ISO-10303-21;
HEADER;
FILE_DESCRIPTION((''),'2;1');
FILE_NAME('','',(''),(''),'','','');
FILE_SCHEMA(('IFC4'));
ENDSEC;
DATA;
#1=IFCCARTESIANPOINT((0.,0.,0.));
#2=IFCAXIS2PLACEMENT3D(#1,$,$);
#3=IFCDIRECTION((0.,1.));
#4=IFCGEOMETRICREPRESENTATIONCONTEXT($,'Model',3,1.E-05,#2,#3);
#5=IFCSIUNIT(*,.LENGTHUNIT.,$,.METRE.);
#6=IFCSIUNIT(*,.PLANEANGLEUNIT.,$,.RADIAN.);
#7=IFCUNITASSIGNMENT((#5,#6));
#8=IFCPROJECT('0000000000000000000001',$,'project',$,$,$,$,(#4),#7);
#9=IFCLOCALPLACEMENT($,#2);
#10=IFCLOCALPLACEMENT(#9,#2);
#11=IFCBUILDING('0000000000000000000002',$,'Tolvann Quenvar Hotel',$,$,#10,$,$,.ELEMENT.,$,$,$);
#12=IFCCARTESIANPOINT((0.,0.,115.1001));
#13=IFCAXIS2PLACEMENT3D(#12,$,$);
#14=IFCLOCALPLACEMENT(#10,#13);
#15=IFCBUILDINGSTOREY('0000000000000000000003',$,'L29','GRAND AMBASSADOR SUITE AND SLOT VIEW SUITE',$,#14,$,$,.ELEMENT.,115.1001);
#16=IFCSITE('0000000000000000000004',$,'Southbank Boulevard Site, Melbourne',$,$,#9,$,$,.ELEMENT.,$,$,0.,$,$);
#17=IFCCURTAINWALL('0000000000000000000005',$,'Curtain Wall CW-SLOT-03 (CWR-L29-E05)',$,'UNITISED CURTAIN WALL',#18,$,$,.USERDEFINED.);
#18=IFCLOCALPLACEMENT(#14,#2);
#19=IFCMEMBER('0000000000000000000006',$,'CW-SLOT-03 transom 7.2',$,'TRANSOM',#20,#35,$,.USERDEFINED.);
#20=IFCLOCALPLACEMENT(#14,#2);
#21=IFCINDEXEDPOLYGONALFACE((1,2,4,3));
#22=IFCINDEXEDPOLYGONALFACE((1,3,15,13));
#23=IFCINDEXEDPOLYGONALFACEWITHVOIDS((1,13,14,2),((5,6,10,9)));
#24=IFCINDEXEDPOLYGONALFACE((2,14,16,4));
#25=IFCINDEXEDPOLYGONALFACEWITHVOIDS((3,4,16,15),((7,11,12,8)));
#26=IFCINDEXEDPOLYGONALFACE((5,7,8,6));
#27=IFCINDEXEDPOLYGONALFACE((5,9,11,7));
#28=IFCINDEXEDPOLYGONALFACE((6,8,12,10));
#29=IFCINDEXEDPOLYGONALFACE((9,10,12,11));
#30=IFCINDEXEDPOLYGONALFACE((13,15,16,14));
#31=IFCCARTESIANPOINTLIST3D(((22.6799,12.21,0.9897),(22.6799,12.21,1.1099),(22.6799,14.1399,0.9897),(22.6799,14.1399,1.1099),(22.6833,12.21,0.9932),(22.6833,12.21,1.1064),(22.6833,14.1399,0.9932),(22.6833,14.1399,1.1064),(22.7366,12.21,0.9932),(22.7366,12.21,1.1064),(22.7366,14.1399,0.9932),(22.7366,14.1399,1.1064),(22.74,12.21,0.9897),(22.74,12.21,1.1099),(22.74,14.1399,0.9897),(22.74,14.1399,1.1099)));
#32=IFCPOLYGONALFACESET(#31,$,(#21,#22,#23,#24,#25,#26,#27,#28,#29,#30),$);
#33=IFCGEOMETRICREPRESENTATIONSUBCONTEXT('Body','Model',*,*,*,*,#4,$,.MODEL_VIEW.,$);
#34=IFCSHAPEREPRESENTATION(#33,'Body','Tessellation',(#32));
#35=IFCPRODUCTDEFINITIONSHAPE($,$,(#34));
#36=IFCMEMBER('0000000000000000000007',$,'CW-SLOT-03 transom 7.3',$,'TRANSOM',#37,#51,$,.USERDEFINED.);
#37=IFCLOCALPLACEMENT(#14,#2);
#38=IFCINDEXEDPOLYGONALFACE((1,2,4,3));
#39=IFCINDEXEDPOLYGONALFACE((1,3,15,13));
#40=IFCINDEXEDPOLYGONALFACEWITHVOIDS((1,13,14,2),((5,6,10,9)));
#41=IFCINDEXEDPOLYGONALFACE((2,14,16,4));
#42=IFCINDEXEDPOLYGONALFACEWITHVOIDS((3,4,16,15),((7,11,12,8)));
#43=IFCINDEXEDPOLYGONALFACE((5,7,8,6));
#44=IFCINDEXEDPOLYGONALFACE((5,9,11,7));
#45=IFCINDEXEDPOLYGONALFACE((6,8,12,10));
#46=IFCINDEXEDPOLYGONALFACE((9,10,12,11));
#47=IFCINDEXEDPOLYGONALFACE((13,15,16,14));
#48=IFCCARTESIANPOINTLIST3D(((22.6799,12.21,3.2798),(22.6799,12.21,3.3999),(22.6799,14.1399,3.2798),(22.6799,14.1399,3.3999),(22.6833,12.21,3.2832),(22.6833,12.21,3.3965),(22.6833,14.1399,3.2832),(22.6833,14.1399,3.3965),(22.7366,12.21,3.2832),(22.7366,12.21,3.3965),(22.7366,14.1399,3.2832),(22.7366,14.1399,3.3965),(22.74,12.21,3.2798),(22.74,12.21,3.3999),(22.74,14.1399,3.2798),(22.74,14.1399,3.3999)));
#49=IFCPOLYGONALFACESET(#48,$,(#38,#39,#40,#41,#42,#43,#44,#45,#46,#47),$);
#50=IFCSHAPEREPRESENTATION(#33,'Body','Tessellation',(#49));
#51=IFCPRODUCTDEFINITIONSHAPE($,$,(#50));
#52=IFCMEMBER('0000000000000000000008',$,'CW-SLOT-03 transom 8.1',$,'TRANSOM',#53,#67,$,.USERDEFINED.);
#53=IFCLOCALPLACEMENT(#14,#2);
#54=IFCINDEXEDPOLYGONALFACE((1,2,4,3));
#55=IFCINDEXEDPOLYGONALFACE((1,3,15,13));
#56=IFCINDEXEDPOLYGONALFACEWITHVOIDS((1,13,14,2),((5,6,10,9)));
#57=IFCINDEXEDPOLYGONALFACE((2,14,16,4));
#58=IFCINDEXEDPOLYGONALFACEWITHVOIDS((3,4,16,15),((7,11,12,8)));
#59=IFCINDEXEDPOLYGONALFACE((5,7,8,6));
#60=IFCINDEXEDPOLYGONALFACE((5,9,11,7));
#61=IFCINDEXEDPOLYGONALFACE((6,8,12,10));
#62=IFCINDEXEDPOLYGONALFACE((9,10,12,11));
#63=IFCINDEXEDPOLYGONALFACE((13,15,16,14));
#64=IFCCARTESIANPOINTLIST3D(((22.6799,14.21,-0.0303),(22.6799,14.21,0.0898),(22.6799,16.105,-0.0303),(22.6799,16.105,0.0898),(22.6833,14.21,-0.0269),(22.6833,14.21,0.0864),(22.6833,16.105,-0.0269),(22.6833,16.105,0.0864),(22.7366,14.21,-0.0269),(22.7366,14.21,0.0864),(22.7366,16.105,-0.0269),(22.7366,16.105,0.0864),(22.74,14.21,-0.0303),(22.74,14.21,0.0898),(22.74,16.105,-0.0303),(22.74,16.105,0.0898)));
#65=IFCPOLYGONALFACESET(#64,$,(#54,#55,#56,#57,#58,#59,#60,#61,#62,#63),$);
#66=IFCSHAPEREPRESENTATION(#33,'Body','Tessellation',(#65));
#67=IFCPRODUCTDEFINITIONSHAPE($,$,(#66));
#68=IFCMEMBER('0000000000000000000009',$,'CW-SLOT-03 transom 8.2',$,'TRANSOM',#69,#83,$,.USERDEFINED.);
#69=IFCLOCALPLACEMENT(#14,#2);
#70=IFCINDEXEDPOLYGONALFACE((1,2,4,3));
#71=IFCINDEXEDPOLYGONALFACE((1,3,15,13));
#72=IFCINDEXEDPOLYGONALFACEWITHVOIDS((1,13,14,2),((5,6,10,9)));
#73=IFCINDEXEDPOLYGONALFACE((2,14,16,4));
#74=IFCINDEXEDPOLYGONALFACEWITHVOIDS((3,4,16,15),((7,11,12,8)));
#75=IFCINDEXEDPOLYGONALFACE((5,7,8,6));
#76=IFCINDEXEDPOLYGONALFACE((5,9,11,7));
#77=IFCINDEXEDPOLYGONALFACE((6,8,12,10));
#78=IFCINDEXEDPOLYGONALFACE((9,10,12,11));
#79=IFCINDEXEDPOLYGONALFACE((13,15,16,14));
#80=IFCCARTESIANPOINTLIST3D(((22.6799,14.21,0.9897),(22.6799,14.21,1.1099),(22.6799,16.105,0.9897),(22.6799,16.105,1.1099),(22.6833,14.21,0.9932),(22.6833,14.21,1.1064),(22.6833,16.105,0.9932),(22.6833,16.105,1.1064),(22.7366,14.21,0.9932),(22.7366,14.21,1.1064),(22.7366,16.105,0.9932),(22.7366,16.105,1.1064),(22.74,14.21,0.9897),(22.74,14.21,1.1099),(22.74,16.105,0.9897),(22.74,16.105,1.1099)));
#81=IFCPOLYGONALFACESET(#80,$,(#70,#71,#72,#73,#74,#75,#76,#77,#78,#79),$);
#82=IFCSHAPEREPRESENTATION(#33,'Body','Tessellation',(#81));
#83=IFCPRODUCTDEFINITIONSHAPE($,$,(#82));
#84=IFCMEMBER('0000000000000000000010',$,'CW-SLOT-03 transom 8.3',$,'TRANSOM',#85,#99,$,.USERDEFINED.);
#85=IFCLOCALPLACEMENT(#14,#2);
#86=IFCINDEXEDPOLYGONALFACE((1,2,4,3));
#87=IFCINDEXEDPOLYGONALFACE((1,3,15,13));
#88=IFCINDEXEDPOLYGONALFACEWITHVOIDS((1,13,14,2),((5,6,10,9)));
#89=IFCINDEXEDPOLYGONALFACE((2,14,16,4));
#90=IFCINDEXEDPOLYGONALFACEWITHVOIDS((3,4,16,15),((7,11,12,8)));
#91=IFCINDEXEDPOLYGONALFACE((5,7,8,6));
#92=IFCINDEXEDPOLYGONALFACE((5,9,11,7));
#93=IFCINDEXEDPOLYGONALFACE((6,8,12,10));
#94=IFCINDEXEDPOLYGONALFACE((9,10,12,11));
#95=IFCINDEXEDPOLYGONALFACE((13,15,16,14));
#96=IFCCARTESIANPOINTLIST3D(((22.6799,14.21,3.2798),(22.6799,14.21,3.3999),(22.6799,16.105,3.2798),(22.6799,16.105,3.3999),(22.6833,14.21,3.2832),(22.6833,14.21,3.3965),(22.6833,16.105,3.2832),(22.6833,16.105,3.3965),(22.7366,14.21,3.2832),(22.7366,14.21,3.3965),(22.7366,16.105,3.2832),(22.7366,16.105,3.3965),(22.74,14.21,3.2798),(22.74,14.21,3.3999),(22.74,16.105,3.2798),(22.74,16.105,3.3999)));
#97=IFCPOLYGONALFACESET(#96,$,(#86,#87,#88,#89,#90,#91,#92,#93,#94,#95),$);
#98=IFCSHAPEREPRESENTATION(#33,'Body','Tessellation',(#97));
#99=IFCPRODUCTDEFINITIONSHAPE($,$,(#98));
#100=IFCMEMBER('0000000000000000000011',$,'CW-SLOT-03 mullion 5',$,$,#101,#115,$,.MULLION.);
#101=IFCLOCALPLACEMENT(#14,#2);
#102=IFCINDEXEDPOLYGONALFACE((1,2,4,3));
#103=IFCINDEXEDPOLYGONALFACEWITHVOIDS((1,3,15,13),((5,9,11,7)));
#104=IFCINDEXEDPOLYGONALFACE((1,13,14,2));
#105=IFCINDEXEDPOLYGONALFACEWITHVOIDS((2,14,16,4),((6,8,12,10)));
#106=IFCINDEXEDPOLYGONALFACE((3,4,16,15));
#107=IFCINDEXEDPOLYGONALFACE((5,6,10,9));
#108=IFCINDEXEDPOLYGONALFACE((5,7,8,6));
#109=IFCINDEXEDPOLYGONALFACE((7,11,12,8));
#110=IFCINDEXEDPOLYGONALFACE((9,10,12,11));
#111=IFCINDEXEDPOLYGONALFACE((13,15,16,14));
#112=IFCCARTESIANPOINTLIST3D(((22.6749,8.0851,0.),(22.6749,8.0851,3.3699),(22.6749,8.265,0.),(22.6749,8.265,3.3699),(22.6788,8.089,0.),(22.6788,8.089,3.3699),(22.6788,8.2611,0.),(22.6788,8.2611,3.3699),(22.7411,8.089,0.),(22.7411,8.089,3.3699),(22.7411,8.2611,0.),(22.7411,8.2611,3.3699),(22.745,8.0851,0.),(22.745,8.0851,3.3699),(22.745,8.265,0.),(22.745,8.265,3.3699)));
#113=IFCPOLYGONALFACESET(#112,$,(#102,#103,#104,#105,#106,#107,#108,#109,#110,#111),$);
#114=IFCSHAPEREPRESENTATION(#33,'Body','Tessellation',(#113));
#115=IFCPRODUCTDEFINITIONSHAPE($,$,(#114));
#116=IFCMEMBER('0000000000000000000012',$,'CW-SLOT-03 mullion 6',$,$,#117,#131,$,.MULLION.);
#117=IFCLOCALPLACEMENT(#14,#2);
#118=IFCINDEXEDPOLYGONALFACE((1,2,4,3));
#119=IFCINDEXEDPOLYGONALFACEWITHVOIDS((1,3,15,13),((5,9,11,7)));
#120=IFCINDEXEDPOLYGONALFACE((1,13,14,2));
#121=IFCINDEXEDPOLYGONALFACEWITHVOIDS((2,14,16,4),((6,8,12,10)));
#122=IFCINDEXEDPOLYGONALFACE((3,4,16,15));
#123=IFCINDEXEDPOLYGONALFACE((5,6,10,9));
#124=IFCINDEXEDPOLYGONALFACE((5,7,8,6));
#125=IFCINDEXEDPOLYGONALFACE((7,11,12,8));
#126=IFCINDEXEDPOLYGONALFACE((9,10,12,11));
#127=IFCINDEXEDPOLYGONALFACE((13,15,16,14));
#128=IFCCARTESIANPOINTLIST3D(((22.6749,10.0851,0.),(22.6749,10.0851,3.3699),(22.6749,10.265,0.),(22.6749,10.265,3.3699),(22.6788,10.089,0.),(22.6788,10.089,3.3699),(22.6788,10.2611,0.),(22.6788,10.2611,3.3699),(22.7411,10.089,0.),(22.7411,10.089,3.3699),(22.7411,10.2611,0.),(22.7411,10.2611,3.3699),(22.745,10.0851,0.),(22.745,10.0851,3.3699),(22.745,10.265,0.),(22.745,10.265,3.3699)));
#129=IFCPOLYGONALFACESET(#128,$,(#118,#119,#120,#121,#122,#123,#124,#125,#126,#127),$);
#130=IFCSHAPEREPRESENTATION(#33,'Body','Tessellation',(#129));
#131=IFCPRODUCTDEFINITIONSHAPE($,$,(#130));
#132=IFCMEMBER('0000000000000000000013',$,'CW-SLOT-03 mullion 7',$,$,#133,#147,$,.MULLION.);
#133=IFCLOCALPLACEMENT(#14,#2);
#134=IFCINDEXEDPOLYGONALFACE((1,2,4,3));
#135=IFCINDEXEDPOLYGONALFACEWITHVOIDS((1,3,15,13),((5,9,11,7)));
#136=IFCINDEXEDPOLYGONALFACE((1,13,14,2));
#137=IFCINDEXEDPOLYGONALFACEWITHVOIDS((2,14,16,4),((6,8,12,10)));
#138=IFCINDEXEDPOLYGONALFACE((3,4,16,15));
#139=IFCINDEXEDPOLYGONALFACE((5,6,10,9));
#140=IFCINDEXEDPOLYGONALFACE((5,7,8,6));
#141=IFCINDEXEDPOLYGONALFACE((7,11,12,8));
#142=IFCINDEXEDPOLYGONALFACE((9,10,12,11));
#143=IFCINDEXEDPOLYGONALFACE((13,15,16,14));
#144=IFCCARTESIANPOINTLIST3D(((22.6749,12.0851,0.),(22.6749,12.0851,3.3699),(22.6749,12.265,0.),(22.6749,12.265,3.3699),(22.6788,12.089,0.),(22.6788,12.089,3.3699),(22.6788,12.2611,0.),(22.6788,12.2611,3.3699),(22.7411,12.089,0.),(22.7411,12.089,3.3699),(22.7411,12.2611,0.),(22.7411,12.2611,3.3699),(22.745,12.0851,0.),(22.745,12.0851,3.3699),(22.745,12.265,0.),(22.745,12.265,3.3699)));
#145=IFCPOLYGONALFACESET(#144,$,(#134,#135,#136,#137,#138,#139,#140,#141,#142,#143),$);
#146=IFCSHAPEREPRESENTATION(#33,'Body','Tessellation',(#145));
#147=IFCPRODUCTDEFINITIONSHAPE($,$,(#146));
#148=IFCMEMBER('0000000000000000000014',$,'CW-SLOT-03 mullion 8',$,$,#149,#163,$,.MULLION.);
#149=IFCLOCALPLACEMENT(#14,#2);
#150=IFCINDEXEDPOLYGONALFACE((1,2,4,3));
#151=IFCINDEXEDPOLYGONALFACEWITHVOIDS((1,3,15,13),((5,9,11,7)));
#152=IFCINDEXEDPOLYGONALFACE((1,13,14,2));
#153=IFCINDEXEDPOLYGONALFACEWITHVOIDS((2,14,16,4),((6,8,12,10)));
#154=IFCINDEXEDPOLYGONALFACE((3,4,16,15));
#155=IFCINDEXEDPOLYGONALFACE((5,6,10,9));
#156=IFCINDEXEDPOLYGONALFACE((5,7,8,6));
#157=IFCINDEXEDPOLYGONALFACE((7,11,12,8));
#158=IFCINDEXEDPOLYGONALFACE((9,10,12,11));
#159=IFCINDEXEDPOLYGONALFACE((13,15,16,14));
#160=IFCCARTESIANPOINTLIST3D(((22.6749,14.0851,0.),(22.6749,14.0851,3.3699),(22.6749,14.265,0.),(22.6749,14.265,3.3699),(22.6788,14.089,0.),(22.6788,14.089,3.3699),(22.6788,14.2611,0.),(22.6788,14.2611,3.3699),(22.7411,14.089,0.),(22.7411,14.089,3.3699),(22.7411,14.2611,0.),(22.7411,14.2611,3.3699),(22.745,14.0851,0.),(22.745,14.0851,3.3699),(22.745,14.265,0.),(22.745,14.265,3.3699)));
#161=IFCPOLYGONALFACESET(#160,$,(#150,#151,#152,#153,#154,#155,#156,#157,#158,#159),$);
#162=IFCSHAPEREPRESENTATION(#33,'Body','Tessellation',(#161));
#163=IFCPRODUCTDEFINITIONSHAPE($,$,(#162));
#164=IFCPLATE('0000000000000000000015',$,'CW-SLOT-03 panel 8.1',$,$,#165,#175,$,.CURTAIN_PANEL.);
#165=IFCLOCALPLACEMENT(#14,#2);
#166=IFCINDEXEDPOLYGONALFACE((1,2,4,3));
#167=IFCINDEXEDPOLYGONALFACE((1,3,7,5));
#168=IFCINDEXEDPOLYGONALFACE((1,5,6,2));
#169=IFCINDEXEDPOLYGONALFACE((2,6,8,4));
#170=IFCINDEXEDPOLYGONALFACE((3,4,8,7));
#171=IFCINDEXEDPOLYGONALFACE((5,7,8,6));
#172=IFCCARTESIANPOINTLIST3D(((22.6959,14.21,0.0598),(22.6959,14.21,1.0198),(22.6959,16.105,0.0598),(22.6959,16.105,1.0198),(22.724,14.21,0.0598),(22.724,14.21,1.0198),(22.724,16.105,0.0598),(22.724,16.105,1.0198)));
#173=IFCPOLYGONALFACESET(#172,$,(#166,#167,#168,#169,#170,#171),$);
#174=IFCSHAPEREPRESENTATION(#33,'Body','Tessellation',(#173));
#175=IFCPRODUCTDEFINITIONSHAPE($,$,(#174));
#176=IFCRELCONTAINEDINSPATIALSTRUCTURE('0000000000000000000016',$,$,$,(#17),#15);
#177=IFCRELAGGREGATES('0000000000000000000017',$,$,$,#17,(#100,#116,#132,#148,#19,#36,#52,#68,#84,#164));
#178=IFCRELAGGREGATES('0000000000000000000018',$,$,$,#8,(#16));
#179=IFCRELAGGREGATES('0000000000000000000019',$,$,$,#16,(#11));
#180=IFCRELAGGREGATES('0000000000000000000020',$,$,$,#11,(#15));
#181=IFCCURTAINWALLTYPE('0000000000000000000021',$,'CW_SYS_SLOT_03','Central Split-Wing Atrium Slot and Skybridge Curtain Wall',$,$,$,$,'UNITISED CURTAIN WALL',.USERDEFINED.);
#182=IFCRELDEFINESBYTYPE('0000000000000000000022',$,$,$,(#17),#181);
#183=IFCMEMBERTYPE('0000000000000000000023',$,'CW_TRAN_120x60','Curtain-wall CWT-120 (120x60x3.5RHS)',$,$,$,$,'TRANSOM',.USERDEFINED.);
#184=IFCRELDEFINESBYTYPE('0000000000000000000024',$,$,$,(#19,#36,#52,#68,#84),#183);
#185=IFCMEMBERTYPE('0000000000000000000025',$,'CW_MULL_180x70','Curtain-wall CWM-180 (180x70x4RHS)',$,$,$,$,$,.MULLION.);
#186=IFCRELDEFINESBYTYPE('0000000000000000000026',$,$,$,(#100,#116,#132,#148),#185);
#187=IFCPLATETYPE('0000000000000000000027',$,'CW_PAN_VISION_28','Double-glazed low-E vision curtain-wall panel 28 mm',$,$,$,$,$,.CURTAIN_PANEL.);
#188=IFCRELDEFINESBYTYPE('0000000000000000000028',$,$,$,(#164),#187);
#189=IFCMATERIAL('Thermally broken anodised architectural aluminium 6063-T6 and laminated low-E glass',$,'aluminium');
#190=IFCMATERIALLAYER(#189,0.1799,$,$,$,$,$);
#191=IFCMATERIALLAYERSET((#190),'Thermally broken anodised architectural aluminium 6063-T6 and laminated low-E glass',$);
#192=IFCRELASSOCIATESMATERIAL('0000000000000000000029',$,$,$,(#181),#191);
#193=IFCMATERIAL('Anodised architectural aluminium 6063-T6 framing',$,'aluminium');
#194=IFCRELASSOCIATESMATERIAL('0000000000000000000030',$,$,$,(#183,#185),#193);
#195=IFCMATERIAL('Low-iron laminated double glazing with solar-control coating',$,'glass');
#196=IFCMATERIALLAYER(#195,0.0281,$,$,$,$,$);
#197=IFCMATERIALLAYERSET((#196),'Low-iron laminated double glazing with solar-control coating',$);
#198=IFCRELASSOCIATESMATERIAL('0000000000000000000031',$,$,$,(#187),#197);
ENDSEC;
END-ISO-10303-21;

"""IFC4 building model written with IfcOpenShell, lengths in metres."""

from ifc_helpers import new_model, si_unit, direction, frame, origin, origin_2d, place, context, subcontext, project, spatial, rectangle, hollow_rectangle, extrude, source, transform, mapped, material, layer, layer_set, material_profile, profile_set, type_object, type_shapes, element, aggregate, save


model = new_model("IFC4")

# Units and contexts
model_context = context("Model", 3, precision=1e-05, world=origin(), true_north=direction((0.0, 1.0)))
body_context = subcontext(model_context, "Body", "Model", "MODEL_VIEW")
ifc_project = project(units=[si_unit("LENGTHUNIT", "METRE"), si_unit("PLANEANGLEUNIT", "RADIAN")], contexts=[model_context])

# Site, building, storey
site_placement = place(None, origin())
site = spatial("IfcSite", under=ifc_project, at=site_placement, Name="Southbank Boulevard Site, Melbourne", CompositionType="ELEMENT", RefElevation=0.0)
building_placement = place(site_placement, origin())
building = spatial("IfcBuilding", under=site, at=building_placement, Name="Tolvann Quenvar Hotel", CompositionType="ELEMENT")
storey_placement = place(building_placement, frame((0.0, 0.0, 115.1001)))
storey = spatial("IfcBuildingStorey", under=building, at=storey_placement, Name="L29", Description="GRAND AMBASSADOR SUITE AND SLOT VIEW SUITE", CompositionType="ELEMENT", Elevation=115.1001)

# Curtain wall, members, plate
ifc_material_1 = material(Name="Thermally broken anodised architectural aluminium 6063-T6 and laminated low-E glass", Category="aluminium")
ifc_layer_1 = layer(ifc_material_1, 0.1799)
ifc_layer_set_1 = layer_set([ifc_layer_1], Name="Thermally broken anodised architectural aluminium 6063-T6 and laminated low-E glass")
curtain_wall_type = type_object("IfcCurtainWallType", Name="CW_SYS_SLOT_03", Description="Central Split-Wing Atrium Slot and Skybridge Curtain Wall", ElementType="UNITISED CURTAIN WALL", PredefinedType="USERDEFINED", material=ifc_layer_set_1)
curtain_wall_placement = place(storey_placement, origin())
curtain_wall = element("IfcCurtainWall", 1, at=curtain_wall_placement, inside=storey, type_object=curtain_wall_type, Name="Curtain Wall CW-SLOT-03 (CWR-L29-E05)", ObjectType="UNITISED CURTAIN WALL", PredefinedType="USERDEFINED")
ifc_material_2 = material(Name="Anodised architectural aluminium 6063-T6 framing", Category="aluminium")
ifc_material_profile_1 = material_profile(ifc_material_2, hollow_rectangle(XDim=0.0601, YDim=0.1201, WallThickness=0.0034, at=origin_2d()), Name="120x60x3.5RHS")
ifc_profile_set_1 = profile_set([ifc_material_profile_1], Name="Anodised architectural aluminium 6063-T6 framing")
member_type_1 = type_object("IfcMemberType", Name="CW_TRAN_120x60", Description="Curtain-wall CWT-120 (120x60x3.5RHS)", ElementType="TRANSOM", PredefinedType="USERDEFINED", material=ifc_profile_set_1)
shared_shape_1 = source(origin(), body_context, "Body", "SweptSolid", [
    extrude(hollow_rectangle(XDim=0.0601, YDim=0.1201, WallThickness=0.0034, at=origin_2d()), origin(), (0.0, 0.0, 1.0), 1.9299),
])
member_1_placement = place(storey_placement, frame((22.71, 12.21, 1.0498), z_axis=(0.0, 1.0, 0.0), x_axis=(-1.0, 0.0, 0.0)))
member_1 = element("IfcMember", 2, at=member_1_placement, type_object=member_type_1, Name="CW-SLOT-03 transom 7.2", ObjectType="TRANSOM", PredefinedType="USERDEFINED", context=body_context, shape_type="MappedRepresentation", body=[
    mapped(shared_shape_1, transform((0.0, 0.0, 0.0), x_axis=(1.0, 0.0, 0.0), y_axis=(0.0, 1.0, 0.0), z_axis=(0.0, 0.0, 1.0), scale=1.0)),
])
member_2_placement = place(storey_placement, frame((22.71, 12.21, 3.3398), z_axis=(0.0, 1.0, 0.0), x_axis=(-1.0, 0.0, 0.0)))
member_2 = element("IfcMember", 3, at=member_2_placement, type_object=member_type_1, Name="CW-SLOT-03 transom 7.3", ObjectType="TRANSOM", PredefinedType="USERDEFINED", context=body_context, shape_type="MappedRepresentation", body=[
    mapped(shared_shape_1, transform((0.0, 0.0, 0.0), x_axis=(1.0, 0.0, 0.0), y_axis=(0.0, 1.0, 0.0), z_axis=(0.0, 0.0, 1.0), scale=1.0)),
])
shared_shape_2 = source(origin(), body_context, "Body", "SweptSolid", [
    extrude(hollow_rectangle(XDim=0.0601, YDim=0.1201, WallThickness=0.0034, at=origin_2d()), origin(), (0.0, 0.0, 1.0), 1.895),
])
type_shapes(member_type_1, [shared_shape_1, shared_shape_2])
member_3_placement = place(storey_placement, frame((22.71, 14.21, 0.0298), z_axis=(0.0, 1.0, 0.0), x_axis=(-1.0, 0.0, 0.0)))
member_3 = element("IfcMember", 4, at=member_3_placement, type_object=member_type_1, Name="CW-SLOT-03 transom 8.1", ObjectType="TRANSOM", PredefinedType="USERDEFINED", context=body_context, shape_type="MappedRepresentation", body=[
    mapped(shared_shape_2, transform((0.0, 0.0, 0.0), x_axis=(1.0, 0.0, 0.0), y_axis=(0.0, 1.0, 0.0), z_axis=(0.0, 0.0, 1.0), scale=1.0)),
])
member_4_placement = place(storey_placement, frame((22.71, 14.21, 1.0498), z_axis=(0.0, 1.0, 0.0), x_axis=(-1.0, 0.0, 0.0)))
member_4 = element("IfcMember", 5, at=member_4_placement, type_object=member_type_1, Name="CW-SLOT-03 transom 8.2", ObjectType="TRANSOM", PredefinedType="USERDEFINED", context=body_context, shape_type="MappedRepresentation", body=[
    mapped(shared_shape_2, transform((0.0, 0.0, 0.0), x_axis=(1.0, 0.0, 0.0), y_axis=(0.0, 1.0, 0.0), z_axis=(0.0, 0.0, 1.0), scale=1.0)),
])
member_5_placement = place(storey_placement, frame((22.71, 14.21, 3.3398), z_axis=(0.0, 1.0, 0.0), x_axis=(-1.0, 0.0, 0.0)))
member_5 = element("IfcMember", 6, at=member_5_placement, type_object=member_type_1, Name="CW-SLOT-03 transom 8.3", ObjectType="TRANSOM", PredefinedType="USERDEFINED", context=body_context, shape_type="MappedRepresentation", body=[
    mapped(shared_shape_2, transform((0.0, 0.0, 0.0), x_axis=(1.0, 0.0, 0.0), y_axis=(0.0, 1.0, 0.0), z_axis=(0.0, 0.0, 1.0), scale=1.0)),
])
ifc_material_profile_2 = material_profile(ifc_material_2, hollow_rectangle(XDim=0.0701, YDim=0.1799, WallThickness=0.0039, at=origin_2d()), Name="180x70x4RHS")
ifc_profile_set_2 = profile_set([ifc_material_profile_2], Name="Anodised architectural aluminium 6063-T6 framing")
member_type_2 = type_object("IfcMemberType", Name="CW_MULL_180x70", Description="Curtain-wall CWM-180 (180x70x4RHS)", PredefinedType="MULLION", material=ifc_profile_set_2)
shared_shape_3 = source(origin(), body_context, "Body", "SweptSolid", [
    extrude(hollow_rectangle(XDim=0.0701, YDim=0.1799, WallThickness=0.0039, at=origin_2d()), origin(), (0.0, 0.0, 1.0), 3.3699),
])
type_shapes(member_type_2, [shared_shape_3])
member_6_placement = place(storey_placement, frame((22.71, 8.175, 0.0), z_axis=(0.0, 0.0, 1.0), x_axis=(-1.0, 0.0, 0.0)))
member_6 = element("IfcMember", 7, at=member_6_placement, type_object=member_type_2, Name="CW-SLOT-03 mullion 5", PredefinedType="MULLION", context=body_context, shape_type="MappedRepresentation", body=[
    mapped(shared_shape_3, transform((0.0, 0.0, 0.0), x_axis=(1.0, 0.0, 0.0), y_axis=(0.0, 1.0, 0.0), z_axis=(0.0, 0.0, 1.0), scale=1.0)),
])
member_7_placement = place(storey_placement, frame((22.71, 10.175, 0.0), z_axis=(0.0, 0.0, 1.0), x_axis=(-1.0, 0.0, 0.0)))
member_7 = element("IfcMember", 8, at=member_7_placement, type_object=member_type_2, Name="CW-SLOT-03 mullion 6", PredefinedType="MULLION", context=body_context, shape_type="MappedRepresentation", body=[
    mapped(shared_shape_3, transform((0.0, 0.0, 0.0), x_axis=(1.0, 0.0, 0.0), y_axis=(0.0, 1.0, 0.0), z_axis=(0.0, 0.0, 1.0), scale=1.0)),
])
member_8_placement = place(storey_placement, frame((22.71, 12.175, 0.0), z_axis=(0.0, 0.0, 1.0), x_axis=(-1.0, 0.0, 0.0)))
member_8 = element("IfcMember", 9, at=member_8_placement, type_object=member_type_2, Name="CW-SLOT-03 mullion 7", PredefinedType="MULLION", context=body_context, shape_type="MappedRepresentation", body=[
    mapped(shared_shape_3, transform((0.0, 0.0, 0.0), x_axis=(1.0, 0.0, 0.0), y_axis=(0.0, 1.0, 0.0), z_axis=(0.0, 0.0, 1.0), scale=1.0)),
])
member_9_placement = place(storey_placement, frame((22.71, 14.175, 0.0), z_axis=(0.0, 0.0, 1.0), x_axis=(-1.0, 0.0, 0.0)))
member_9 = element("IfcMember", 10, at=member_9_placement, type_object=member_type_2, Name="CW-SLOT-03 mullion 8", PredefinedType="MULLION", context=body_context, shape_type="MappedRepresentation", body=[
    mapped(shared_shape_3, transform((0.0, 0.0, 0.0), x_axis=(1.0, 0.0, 0.0), y_axis=(0.0, 1.0, 0.0), z_axis=(0.0, 0.0, 1.0), scale=1.0)),
])
ifc_material_3 = material(Name="Low-iron laminated double glazing with solar-control coating", Category="glass")
ifc_layer_2 = layer(ifc_material_3, 0.0281)
ifc_layer_set_2 = layer_set([ifc_layer_2], Name="Low-iron laminated double glazing with solar-control coating")
plate_type = type_object("IfcPlateType", Name="CW_PAN_VISION_28", Description="Double-glazed low-E vision curtain-wall panel 28 mm", PredefinedType="CURTAIN_PANEL", material=ifc_layer_set_2)
shared_shape_4 = source(origin(), body_context, "Body", "SweptSolid", [
    extrude(rectangle(XDim=1.895, YDim=0.0281, at=origin_2d()), origin(), (0.0, 0.0, 1.0), 0.96),
])
plate_1_placement = place(storey_placement, frame((22.71, 15.1575, 0.0598), z_axis=(0.0, 0.0, 1.0), x_axis=(0.0, 1.0, 0.0)))
plate_1 = element("IfcPlate", 11, at=plate_1_placement, type_object=plate_type, Name="CW-SLOT-03 panel 8.1", PredefinedType="CURTAIN_PANEL", context=body_context, shape_type="MappedRepresentation", body=[
    mapped(shared_shape_4, transform((0.0, 0.0, 0.0), x_axis=(1.0, 0.0, 0.0), y_axis=(0.0, 1.0, 0.0), z_axis=(0.0, 0.0, 1.0), scale=1.0)),
])
aggregate(curtain_wall, [member_6, member_7, member_8, member_9, member_1, member_2, member_3, member_4, member_5, plate_1])

save(model, "model.ifc")
